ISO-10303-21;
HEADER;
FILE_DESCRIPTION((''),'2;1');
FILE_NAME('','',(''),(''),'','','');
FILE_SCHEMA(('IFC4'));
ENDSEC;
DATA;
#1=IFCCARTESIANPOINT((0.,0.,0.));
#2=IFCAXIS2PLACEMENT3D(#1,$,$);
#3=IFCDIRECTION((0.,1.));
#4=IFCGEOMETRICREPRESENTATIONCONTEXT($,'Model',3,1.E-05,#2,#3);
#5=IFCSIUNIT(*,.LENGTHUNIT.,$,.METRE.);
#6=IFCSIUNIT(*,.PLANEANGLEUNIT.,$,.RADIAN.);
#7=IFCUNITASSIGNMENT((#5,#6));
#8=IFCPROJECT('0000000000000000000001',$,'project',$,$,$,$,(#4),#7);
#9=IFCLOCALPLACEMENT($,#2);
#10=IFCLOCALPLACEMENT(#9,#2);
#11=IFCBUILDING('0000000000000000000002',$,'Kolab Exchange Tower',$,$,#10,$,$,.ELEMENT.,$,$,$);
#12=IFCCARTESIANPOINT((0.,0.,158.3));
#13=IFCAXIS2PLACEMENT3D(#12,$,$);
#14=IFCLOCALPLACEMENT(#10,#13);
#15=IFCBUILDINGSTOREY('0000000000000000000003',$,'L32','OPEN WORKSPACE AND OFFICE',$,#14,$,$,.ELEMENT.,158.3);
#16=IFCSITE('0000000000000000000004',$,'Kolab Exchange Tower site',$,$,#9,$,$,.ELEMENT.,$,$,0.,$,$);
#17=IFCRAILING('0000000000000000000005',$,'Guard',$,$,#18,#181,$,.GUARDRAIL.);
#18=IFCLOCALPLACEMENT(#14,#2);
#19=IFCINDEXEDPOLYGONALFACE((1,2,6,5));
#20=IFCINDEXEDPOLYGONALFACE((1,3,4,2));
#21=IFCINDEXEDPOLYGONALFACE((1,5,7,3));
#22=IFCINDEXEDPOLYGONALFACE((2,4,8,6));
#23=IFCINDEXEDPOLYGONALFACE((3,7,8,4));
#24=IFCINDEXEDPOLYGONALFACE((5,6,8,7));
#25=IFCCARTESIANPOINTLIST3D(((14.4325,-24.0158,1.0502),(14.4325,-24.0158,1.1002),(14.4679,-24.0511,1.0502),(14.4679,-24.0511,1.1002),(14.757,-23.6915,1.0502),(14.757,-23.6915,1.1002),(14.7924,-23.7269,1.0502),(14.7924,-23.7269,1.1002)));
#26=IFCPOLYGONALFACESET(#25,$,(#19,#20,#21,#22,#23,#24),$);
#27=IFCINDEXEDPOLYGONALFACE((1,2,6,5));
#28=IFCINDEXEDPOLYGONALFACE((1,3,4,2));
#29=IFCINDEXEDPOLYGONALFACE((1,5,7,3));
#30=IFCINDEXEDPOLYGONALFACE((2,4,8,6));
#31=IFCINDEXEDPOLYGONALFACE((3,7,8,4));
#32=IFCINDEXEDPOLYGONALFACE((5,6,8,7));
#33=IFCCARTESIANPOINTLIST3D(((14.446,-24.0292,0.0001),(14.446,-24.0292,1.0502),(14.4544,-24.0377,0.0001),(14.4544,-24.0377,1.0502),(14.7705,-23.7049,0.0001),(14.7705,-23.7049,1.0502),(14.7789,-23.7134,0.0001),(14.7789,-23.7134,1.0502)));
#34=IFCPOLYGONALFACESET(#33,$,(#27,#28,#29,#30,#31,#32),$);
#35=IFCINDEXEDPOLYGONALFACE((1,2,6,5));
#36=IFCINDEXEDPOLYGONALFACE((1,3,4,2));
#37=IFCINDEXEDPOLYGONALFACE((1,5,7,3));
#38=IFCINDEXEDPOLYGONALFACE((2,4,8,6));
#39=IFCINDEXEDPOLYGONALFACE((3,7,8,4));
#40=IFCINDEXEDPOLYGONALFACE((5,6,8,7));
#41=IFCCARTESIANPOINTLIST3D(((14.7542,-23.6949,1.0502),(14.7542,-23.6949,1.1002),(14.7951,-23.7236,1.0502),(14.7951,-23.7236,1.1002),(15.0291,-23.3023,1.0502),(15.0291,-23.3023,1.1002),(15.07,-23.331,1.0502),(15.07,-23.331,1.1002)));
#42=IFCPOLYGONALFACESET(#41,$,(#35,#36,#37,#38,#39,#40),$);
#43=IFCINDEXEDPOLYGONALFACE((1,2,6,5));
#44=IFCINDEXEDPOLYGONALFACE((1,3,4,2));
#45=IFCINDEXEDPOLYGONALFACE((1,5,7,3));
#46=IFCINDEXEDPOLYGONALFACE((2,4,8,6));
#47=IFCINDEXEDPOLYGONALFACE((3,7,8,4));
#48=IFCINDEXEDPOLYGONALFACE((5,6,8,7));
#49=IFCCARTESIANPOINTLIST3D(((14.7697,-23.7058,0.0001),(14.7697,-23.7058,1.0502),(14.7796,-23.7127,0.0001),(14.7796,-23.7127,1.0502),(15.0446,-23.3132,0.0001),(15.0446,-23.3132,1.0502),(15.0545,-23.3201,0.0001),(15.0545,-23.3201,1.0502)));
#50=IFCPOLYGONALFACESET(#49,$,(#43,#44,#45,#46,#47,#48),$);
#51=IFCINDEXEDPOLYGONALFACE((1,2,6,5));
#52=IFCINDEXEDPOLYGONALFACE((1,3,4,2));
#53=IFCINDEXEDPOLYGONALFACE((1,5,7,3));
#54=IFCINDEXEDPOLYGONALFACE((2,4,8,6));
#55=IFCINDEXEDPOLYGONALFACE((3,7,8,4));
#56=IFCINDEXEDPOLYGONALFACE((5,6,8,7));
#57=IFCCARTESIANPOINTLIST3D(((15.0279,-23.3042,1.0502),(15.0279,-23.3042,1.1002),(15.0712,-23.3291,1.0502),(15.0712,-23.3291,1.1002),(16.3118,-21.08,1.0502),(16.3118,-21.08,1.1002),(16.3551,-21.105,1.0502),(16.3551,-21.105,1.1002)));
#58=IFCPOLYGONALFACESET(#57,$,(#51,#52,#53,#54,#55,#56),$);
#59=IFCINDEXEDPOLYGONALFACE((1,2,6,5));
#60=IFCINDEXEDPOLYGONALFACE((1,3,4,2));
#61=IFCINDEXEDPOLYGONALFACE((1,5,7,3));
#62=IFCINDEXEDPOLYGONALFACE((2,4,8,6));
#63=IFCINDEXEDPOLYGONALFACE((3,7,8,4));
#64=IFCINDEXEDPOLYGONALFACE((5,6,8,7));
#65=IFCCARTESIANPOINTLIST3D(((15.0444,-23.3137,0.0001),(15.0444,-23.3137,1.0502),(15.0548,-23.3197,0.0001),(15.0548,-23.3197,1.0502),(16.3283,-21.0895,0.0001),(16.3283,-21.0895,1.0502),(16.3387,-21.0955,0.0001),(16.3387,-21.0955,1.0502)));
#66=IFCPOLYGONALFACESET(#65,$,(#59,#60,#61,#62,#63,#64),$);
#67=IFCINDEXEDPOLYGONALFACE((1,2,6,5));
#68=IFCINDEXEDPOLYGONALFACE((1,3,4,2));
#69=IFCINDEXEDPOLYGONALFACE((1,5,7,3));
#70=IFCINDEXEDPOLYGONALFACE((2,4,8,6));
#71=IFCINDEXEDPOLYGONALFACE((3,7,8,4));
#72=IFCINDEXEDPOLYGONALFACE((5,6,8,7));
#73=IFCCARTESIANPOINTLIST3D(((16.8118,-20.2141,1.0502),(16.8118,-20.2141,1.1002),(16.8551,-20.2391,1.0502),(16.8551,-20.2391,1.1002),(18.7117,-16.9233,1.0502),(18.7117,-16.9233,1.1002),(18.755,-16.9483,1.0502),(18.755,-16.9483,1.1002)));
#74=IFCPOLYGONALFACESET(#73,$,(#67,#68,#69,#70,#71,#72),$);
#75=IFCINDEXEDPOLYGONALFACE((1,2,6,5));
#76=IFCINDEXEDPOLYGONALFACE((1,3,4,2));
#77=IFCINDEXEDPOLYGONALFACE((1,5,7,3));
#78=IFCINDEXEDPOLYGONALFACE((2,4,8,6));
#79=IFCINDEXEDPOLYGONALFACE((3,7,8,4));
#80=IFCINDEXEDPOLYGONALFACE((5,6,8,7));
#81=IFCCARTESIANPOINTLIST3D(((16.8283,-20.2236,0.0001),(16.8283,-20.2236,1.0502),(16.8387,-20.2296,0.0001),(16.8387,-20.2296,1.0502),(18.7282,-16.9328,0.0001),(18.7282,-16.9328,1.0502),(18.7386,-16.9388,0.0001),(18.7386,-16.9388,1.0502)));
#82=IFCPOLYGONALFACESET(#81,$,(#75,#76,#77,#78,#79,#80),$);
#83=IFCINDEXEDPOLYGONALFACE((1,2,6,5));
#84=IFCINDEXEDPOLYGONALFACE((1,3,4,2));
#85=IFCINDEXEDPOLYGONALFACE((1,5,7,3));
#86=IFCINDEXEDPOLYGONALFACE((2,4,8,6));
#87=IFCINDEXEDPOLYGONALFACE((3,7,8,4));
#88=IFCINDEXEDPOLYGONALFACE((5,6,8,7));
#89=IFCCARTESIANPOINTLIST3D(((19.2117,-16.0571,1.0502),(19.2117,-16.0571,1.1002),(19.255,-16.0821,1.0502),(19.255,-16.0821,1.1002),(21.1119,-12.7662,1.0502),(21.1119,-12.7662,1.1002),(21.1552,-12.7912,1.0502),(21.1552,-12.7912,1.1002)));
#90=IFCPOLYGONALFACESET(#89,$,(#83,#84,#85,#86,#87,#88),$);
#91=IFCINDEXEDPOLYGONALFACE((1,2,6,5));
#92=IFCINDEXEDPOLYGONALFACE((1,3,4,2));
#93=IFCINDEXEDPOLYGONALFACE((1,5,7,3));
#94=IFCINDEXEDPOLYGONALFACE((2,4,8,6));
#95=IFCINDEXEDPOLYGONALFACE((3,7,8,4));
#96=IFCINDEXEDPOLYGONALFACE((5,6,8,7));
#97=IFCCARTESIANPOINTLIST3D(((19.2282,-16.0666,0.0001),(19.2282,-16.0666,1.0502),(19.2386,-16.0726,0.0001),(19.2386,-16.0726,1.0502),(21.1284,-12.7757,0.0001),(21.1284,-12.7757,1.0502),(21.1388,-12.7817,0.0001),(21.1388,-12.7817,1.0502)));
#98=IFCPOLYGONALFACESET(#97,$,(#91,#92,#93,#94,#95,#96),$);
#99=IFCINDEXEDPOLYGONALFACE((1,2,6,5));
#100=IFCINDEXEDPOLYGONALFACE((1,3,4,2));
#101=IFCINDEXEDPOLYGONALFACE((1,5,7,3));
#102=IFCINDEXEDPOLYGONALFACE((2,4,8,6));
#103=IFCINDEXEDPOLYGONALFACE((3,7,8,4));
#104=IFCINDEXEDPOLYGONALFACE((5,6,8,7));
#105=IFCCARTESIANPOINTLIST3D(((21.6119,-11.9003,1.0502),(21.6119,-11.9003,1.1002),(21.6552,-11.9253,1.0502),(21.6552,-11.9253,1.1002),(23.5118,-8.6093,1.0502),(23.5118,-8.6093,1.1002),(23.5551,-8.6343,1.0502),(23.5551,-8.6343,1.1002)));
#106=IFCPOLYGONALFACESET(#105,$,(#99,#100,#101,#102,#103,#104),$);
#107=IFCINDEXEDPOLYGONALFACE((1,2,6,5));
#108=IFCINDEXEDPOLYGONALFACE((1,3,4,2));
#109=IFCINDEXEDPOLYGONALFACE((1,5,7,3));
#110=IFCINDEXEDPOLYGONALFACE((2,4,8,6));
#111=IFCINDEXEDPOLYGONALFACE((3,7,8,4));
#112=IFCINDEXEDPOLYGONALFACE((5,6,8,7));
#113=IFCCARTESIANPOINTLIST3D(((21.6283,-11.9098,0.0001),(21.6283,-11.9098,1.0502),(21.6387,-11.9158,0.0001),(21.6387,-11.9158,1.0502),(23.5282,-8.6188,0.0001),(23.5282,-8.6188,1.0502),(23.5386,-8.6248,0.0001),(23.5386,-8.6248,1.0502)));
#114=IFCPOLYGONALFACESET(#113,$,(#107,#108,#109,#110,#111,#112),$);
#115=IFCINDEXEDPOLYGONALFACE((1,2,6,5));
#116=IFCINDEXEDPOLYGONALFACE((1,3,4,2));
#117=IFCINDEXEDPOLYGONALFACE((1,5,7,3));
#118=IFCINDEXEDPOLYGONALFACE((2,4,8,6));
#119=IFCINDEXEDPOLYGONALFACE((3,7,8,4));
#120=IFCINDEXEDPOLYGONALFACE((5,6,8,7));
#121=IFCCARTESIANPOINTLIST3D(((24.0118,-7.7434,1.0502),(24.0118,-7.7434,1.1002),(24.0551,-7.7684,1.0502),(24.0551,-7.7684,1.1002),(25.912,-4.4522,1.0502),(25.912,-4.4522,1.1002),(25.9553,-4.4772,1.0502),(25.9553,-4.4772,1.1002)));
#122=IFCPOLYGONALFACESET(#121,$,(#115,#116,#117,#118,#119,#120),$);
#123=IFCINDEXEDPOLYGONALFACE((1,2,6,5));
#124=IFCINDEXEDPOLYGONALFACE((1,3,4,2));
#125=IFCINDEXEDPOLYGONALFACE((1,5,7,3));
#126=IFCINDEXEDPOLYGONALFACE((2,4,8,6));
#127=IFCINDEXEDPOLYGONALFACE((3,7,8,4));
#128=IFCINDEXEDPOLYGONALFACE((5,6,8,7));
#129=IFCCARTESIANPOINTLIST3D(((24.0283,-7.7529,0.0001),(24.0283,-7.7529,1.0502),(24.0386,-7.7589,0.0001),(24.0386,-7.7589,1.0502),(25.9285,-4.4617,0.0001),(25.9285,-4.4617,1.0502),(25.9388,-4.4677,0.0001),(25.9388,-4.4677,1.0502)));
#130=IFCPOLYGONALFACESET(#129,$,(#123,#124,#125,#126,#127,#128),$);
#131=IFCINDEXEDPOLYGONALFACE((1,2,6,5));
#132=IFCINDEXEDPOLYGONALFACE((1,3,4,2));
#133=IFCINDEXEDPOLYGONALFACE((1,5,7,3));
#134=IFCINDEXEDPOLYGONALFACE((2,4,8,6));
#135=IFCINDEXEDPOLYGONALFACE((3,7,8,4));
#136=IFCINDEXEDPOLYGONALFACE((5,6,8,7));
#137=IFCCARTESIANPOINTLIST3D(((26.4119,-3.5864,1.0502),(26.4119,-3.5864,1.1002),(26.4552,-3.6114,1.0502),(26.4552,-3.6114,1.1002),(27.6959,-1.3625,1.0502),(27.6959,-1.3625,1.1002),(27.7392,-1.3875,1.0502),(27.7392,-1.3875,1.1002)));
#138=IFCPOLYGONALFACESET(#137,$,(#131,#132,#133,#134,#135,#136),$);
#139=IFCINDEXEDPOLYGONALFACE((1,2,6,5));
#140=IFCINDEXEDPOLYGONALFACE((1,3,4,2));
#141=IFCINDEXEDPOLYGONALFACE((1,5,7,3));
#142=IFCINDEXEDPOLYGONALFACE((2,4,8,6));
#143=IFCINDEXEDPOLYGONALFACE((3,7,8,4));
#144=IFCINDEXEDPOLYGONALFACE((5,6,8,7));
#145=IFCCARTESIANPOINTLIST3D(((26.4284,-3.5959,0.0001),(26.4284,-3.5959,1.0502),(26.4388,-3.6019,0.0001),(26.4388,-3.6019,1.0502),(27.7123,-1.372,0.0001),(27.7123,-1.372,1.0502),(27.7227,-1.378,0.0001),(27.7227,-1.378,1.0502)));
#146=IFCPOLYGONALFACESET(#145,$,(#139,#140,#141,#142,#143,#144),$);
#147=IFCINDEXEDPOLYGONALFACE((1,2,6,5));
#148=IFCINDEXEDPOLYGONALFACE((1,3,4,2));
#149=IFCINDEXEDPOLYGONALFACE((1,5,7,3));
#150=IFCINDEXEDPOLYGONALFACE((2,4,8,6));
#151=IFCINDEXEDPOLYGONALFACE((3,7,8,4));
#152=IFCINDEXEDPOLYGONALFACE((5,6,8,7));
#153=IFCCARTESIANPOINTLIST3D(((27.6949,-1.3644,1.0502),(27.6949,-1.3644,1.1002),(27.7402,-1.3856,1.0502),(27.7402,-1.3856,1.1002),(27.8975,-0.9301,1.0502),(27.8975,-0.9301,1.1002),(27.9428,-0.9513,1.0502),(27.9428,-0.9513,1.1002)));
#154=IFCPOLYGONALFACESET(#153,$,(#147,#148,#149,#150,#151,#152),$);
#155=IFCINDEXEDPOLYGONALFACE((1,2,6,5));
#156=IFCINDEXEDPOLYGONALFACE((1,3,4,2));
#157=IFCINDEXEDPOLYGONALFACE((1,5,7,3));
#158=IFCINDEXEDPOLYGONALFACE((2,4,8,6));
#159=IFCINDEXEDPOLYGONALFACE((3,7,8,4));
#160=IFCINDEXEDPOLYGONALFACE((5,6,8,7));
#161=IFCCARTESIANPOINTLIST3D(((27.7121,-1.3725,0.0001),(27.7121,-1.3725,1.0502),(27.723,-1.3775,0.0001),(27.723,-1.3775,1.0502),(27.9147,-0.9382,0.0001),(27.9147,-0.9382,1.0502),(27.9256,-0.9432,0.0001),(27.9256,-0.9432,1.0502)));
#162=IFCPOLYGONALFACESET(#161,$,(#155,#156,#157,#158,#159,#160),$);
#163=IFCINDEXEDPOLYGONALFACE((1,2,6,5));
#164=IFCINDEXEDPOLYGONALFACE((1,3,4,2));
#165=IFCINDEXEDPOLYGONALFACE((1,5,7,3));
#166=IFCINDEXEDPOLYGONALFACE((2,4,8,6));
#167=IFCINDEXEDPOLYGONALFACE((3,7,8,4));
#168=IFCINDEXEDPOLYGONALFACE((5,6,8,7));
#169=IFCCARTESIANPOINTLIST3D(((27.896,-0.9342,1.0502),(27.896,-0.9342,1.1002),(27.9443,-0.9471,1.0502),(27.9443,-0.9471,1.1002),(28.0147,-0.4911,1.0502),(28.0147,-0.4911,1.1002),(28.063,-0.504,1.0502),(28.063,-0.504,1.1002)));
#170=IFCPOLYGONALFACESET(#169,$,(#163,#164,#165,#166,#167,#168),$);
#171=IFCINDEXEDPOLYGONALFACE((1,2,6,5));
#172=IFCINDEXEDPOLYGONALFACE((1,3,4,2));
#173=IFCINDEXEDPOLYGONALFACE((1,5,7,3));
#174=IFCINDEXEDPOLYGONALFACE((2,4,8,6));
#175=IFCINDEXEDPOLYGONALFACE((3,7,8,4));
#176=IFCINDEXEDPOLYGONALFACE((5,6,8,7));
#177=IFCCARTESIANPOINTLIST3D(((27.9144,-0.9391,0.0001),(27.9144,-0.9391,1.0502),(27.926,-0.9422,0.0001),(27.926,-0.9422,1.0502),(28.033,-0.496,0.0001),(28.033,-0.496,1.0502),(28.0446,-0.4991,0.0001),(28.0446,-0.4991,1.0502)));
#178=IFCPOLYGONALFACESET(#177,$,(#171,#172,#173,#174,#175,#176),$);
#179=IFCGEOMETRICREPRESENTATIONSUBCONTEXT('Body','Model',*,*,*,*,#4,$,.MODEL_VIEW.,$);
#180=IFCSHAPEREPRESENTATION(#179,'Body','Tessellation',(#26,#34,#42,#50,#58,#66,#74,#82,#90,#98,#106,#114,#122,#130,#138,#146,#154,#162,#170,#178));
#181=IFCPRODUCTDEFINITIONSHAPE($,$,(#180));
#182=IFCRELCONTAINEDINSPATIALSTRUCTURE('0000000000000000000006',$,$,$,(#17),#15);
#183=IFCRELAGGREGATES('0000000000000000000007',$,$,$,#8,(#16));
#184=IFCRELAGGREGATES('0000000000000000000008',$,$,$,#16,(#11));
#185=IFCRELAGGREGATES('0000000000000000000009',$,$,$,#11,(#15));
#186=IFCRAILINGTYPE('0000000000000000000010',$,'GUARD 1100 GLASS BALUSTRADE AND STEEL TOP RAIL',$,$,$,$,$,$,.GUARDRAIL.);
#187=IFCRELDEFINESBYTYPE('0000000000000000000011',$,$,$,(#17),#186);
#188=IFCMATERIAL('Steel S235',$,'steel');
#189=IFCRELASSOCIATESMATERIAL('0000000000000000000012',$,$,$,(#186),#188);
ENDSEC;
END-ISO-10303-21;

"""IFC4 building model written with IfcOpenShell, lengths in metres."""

from ifc_helpers import new_model, si_unit, direction, frame, frame_2d, origin, origin_2d, place, context, subcontext, project, spatial, rectangle, extrude, material, type_object, element, save


model = new_model("IFC4")

# Units and contexts
model_context = context("Model", 3, precision=1e-05, world=origin(), true_north=direction((0.0, 1.0)))
body_context = subcontext(model_context, "Body", "Model", "MODEL_VIEW")
ifc_project = project(units=[si_unit("LENGTHUNIT", "METRE"), si_unit("PLANEANGLEUNIT", "RADIAN")], contexts=[model_context])

# Site, building, storey
site_placement = place(None, origin())
site = spatial("IfcSite", under=ifc_project, at=site_placement, Name="Kolab Exchange Tower site", CompositionType="ELEMENT", RefElevation=0.0)
building_placement = place(site_placement, origin())
building = spatial("IfcBuilding", under=site, at=building_placement, Name="Kolab Exchange Tower", CompositionType="ELEMENT")
storey_placement = place(building_placement, frame((0.0, 0.0, 158.3)))
storey = spatial("IfcBuildingStorey", under=building, at=storey_placement, Name="L32", Description="OPEN WORKSPACE AND OFFICE", CompositionType="ELEMENT", Elevation=158.3)

# Railing
ifc_material_1 = material(Name="Steel S235", Category="steel")
railing_type = type_object("IfcRailingType", Name="GUARD 1100 GLASS BALUSTRADE AND STEEL TOP RAIL", PredefinedType="GUARDRAIL", material=ifc_material_1)
railing_placement = place(storey_placement, frame((14.4502, -24.0334, 0.0)))
element("IfcRailing", 1, at=railing_placement, inside=storey, type_object=railing_type, Name="Guard", PredefinedType="GUARDRAIL", context=body_context, shape_type="SweptSolid", body=[
    extrude(rectangle(XDim=0.05, YDim=0.05, at=origin_2d()), frame((0.0, 0.0, 1.0752), z_axis=(0.707373, 0.706841, 0.0), x_axis=(-0.706841, 0.707373, 0.0)), (0.0, 0.0, 1.0), 0.4587),
    extrude(rectangle(XDim=0.012, YDim=1.0501, at=frame_2d((0.0, 0.5251))), frame((0.0, 0.0, 0.0), z_axis=(0.707373, 0.706841, 0.0), x_axis=(-0.706841, 0.707373, 0.0)), (0.0, 0.0, 1.0), 0.4587),
    extrude(rectangle(XDim=0.05, YDim=0.05, at=origin_2d()), frame((0.3245, 0.3242, 1.0752), z_axis=(0.573599, 0.819136, 0.0), x_axis=(-0.819136, 0.573599, 0.0)), (0.0, 0.0, 1.0), 0.4792),
    extrude(rectangle(XDim=0.012, YDim=1.0501, at=frame_2d((0.0, 0.5251))), frame((0.3245, 0.3242, 0.0), z_axis=(0.573599, 0.819136, 0.0), x_axis=(-0.819136, 0.573599, 0.0)), (0.0, 0.0, 1.0), 0.4792),
    extrude(rectangle(XDim=0.05, YDim=0.05, at=origin_2d()), frame((0.5994, 0.7168, 1.0752), z_axis=(0.499953, 0.866053, 0.0), x_axis=(-0.866053, 0.499953, 0.0)), (0.0, 0.0, 1.0), 2.5681),
    extrude(rectangle(XDim=0.012, YDim=1.0501, at=frame_2d((0.0, 0.5251))), frame((0.5994, 0.7168, 0.0), z_axis=(0.499953, 0.866053, 0.0), x_axis=(-0.866053, 0.499953, 0.0)), (0.0, 0.0, 1.0), 2.5681),
    extrude(rectangle(XDim=0.05, YDim=0.05, at=origin_2d()), frame((2.3833, 3.8069, 1.0752), z_axis=(0.499995, 0.866028, 0.0), x_axis=(-0.866028, 0.499995, 0.0)), (0.0, 0.0, 1.0), 3.7998),
    extrude(rectangle(XDim=0.012, YDim=1.0501, at=frame_2d((0.0, 0.5251))), frame((2.3833, 3.8069, 0.0), z_axis=(0.499995, 0.866028, 0.0), x_axis=(-0.866028, 0.499995, 0.0)), (0.0, 0.0, 1.0), 3.7998),
    extrude(rectangle(XDim=0.05, YDim=0.05, at=origin_2d()), frame((4.7832, 7.9639, 1.0752), z_axis=(0.500043, 0.866, 0.0), x_axis=(-0.866, 0.500043, 0.0)), (0.0, 0.0, 1.0), 3.8),
    extrude(rectangle(XDim=0.012, YDim=1.0501, at=frame_2d((0.0, 0.5251))), frame((4.7832, 7.9639, 0.0), z_axis=(0.500043, 0.866, 0.0), x_axis=(-0.866, 0.500043, 0.0)), (0.0, 0.0, 1.0), 3.8),
    extrude(rectangle(XDim=0.05, YDim=0.05, at=origin_2d()), frame((7.1833, 12.1206, 1.0752), z_axis=(0.499967, 0.866044, 0.0), x_axis=(-0.866044, 0.499967, 0.0)), (0.0, 0.0, 1.0), 3.8),
    extrude(rectangle(XDim=0.012, YDim=1.0501, at=frame_2d((0.0, 0.5251))), frame((7.1833, 12.1206, 0.0), z_axis=(0.499967, 0.866044, 0.0), x_axis=(-0.866044, 0.499967, 0.0)), (0.0, 0.0, 1.0), 3.8),
    extrude(rectangle(XDim=0.05, YDim=0.05, at=origin_2d()), frame((9.5833, 16.2776, 1.0752), z_axis=(0.500015, 0.866017, 0.0), x_axis=(-0.866017, 0.500015, 0.0)), (0.0, 0.0, 1.0), 3.8003),
    extrude(rectangle(XDim=0.012, YDim=1.0501, at=frame_2d((0.0, 0.5251))), frame((9.5833, 16.2776, 0.0), z_axis=(0.500015, 0.866017, 0.0), x_axis=(-0.866017, 0.500015, 0.0)), (0.0, 0.0, 1.0), 3.8003),
    extrude(rectangle(XDim=0.05, YDim=0.05, at=origin_2d()), frame((11.9834, 20.4346, 1.0752), z_axis=(0.499994, 0.866029, 0.0), x_axis=(-0.866029, 0.499994, 0.0)), (0.0, 0.0, 1.0), 2.5679),
    extrude(rectangle(XDim=0.012, YDim=1.0501, at=frame_2d((0.0, 0.5251))), frame((11.9834, 20.4346, 0.0), z_axis=(0.499994, 0.866029, 0.0), x_axis=(-0.866029, 0.499994, 0.0)), (0.0, 0.0, 1.0), 2.5679),
    extrude(rectangle(XDim=0.05, YDim=0.05, at=origin_2d()), frame((13.2673, 22.6584, 1.0752), z_axis=(0.422802, 0.906222, 0.0), x_axis=(-0.906222, 0.422802, 0.0)), (0.0, 0.0, 1.0), 0.4792),
    extrude(rectangle(XDim=0.012, YDim=1.0501, at=frame_2d((0.0, 0.5251))), frame((13.2673, 22.6584, 0.0), z_axis=(0.422802, 0.906222, 0.0), x_axis=(-0.906222, 0.422802, 0.0)), (0.0, 0.0, 1.0), 0.4792),
    extrude(rectangle(XDim=0.05, YDim=0.05, at=origin_2d()), frame((13.47, 23.0928, 1.0752), z_axis=(0.258656, 0.965969, 0.0), x_axis=(-0.965969, 0.258656, 0.0)), (0.0, 0.0, 1.0), 0.4587),
    extrude(rectangle(XDim=0.012, YDim=1.0501, at=frame_2d((0.0, 0.5251))), frame((13.47, 23.0928, 0.0), z_axis=(0.258656, 0.965969, 0.0), x_axis=(-0.965969, 0.258656, 0.0)), (0.0, 0.0, 1.0), 0.4587),
])

save(model, "model.ifc")
